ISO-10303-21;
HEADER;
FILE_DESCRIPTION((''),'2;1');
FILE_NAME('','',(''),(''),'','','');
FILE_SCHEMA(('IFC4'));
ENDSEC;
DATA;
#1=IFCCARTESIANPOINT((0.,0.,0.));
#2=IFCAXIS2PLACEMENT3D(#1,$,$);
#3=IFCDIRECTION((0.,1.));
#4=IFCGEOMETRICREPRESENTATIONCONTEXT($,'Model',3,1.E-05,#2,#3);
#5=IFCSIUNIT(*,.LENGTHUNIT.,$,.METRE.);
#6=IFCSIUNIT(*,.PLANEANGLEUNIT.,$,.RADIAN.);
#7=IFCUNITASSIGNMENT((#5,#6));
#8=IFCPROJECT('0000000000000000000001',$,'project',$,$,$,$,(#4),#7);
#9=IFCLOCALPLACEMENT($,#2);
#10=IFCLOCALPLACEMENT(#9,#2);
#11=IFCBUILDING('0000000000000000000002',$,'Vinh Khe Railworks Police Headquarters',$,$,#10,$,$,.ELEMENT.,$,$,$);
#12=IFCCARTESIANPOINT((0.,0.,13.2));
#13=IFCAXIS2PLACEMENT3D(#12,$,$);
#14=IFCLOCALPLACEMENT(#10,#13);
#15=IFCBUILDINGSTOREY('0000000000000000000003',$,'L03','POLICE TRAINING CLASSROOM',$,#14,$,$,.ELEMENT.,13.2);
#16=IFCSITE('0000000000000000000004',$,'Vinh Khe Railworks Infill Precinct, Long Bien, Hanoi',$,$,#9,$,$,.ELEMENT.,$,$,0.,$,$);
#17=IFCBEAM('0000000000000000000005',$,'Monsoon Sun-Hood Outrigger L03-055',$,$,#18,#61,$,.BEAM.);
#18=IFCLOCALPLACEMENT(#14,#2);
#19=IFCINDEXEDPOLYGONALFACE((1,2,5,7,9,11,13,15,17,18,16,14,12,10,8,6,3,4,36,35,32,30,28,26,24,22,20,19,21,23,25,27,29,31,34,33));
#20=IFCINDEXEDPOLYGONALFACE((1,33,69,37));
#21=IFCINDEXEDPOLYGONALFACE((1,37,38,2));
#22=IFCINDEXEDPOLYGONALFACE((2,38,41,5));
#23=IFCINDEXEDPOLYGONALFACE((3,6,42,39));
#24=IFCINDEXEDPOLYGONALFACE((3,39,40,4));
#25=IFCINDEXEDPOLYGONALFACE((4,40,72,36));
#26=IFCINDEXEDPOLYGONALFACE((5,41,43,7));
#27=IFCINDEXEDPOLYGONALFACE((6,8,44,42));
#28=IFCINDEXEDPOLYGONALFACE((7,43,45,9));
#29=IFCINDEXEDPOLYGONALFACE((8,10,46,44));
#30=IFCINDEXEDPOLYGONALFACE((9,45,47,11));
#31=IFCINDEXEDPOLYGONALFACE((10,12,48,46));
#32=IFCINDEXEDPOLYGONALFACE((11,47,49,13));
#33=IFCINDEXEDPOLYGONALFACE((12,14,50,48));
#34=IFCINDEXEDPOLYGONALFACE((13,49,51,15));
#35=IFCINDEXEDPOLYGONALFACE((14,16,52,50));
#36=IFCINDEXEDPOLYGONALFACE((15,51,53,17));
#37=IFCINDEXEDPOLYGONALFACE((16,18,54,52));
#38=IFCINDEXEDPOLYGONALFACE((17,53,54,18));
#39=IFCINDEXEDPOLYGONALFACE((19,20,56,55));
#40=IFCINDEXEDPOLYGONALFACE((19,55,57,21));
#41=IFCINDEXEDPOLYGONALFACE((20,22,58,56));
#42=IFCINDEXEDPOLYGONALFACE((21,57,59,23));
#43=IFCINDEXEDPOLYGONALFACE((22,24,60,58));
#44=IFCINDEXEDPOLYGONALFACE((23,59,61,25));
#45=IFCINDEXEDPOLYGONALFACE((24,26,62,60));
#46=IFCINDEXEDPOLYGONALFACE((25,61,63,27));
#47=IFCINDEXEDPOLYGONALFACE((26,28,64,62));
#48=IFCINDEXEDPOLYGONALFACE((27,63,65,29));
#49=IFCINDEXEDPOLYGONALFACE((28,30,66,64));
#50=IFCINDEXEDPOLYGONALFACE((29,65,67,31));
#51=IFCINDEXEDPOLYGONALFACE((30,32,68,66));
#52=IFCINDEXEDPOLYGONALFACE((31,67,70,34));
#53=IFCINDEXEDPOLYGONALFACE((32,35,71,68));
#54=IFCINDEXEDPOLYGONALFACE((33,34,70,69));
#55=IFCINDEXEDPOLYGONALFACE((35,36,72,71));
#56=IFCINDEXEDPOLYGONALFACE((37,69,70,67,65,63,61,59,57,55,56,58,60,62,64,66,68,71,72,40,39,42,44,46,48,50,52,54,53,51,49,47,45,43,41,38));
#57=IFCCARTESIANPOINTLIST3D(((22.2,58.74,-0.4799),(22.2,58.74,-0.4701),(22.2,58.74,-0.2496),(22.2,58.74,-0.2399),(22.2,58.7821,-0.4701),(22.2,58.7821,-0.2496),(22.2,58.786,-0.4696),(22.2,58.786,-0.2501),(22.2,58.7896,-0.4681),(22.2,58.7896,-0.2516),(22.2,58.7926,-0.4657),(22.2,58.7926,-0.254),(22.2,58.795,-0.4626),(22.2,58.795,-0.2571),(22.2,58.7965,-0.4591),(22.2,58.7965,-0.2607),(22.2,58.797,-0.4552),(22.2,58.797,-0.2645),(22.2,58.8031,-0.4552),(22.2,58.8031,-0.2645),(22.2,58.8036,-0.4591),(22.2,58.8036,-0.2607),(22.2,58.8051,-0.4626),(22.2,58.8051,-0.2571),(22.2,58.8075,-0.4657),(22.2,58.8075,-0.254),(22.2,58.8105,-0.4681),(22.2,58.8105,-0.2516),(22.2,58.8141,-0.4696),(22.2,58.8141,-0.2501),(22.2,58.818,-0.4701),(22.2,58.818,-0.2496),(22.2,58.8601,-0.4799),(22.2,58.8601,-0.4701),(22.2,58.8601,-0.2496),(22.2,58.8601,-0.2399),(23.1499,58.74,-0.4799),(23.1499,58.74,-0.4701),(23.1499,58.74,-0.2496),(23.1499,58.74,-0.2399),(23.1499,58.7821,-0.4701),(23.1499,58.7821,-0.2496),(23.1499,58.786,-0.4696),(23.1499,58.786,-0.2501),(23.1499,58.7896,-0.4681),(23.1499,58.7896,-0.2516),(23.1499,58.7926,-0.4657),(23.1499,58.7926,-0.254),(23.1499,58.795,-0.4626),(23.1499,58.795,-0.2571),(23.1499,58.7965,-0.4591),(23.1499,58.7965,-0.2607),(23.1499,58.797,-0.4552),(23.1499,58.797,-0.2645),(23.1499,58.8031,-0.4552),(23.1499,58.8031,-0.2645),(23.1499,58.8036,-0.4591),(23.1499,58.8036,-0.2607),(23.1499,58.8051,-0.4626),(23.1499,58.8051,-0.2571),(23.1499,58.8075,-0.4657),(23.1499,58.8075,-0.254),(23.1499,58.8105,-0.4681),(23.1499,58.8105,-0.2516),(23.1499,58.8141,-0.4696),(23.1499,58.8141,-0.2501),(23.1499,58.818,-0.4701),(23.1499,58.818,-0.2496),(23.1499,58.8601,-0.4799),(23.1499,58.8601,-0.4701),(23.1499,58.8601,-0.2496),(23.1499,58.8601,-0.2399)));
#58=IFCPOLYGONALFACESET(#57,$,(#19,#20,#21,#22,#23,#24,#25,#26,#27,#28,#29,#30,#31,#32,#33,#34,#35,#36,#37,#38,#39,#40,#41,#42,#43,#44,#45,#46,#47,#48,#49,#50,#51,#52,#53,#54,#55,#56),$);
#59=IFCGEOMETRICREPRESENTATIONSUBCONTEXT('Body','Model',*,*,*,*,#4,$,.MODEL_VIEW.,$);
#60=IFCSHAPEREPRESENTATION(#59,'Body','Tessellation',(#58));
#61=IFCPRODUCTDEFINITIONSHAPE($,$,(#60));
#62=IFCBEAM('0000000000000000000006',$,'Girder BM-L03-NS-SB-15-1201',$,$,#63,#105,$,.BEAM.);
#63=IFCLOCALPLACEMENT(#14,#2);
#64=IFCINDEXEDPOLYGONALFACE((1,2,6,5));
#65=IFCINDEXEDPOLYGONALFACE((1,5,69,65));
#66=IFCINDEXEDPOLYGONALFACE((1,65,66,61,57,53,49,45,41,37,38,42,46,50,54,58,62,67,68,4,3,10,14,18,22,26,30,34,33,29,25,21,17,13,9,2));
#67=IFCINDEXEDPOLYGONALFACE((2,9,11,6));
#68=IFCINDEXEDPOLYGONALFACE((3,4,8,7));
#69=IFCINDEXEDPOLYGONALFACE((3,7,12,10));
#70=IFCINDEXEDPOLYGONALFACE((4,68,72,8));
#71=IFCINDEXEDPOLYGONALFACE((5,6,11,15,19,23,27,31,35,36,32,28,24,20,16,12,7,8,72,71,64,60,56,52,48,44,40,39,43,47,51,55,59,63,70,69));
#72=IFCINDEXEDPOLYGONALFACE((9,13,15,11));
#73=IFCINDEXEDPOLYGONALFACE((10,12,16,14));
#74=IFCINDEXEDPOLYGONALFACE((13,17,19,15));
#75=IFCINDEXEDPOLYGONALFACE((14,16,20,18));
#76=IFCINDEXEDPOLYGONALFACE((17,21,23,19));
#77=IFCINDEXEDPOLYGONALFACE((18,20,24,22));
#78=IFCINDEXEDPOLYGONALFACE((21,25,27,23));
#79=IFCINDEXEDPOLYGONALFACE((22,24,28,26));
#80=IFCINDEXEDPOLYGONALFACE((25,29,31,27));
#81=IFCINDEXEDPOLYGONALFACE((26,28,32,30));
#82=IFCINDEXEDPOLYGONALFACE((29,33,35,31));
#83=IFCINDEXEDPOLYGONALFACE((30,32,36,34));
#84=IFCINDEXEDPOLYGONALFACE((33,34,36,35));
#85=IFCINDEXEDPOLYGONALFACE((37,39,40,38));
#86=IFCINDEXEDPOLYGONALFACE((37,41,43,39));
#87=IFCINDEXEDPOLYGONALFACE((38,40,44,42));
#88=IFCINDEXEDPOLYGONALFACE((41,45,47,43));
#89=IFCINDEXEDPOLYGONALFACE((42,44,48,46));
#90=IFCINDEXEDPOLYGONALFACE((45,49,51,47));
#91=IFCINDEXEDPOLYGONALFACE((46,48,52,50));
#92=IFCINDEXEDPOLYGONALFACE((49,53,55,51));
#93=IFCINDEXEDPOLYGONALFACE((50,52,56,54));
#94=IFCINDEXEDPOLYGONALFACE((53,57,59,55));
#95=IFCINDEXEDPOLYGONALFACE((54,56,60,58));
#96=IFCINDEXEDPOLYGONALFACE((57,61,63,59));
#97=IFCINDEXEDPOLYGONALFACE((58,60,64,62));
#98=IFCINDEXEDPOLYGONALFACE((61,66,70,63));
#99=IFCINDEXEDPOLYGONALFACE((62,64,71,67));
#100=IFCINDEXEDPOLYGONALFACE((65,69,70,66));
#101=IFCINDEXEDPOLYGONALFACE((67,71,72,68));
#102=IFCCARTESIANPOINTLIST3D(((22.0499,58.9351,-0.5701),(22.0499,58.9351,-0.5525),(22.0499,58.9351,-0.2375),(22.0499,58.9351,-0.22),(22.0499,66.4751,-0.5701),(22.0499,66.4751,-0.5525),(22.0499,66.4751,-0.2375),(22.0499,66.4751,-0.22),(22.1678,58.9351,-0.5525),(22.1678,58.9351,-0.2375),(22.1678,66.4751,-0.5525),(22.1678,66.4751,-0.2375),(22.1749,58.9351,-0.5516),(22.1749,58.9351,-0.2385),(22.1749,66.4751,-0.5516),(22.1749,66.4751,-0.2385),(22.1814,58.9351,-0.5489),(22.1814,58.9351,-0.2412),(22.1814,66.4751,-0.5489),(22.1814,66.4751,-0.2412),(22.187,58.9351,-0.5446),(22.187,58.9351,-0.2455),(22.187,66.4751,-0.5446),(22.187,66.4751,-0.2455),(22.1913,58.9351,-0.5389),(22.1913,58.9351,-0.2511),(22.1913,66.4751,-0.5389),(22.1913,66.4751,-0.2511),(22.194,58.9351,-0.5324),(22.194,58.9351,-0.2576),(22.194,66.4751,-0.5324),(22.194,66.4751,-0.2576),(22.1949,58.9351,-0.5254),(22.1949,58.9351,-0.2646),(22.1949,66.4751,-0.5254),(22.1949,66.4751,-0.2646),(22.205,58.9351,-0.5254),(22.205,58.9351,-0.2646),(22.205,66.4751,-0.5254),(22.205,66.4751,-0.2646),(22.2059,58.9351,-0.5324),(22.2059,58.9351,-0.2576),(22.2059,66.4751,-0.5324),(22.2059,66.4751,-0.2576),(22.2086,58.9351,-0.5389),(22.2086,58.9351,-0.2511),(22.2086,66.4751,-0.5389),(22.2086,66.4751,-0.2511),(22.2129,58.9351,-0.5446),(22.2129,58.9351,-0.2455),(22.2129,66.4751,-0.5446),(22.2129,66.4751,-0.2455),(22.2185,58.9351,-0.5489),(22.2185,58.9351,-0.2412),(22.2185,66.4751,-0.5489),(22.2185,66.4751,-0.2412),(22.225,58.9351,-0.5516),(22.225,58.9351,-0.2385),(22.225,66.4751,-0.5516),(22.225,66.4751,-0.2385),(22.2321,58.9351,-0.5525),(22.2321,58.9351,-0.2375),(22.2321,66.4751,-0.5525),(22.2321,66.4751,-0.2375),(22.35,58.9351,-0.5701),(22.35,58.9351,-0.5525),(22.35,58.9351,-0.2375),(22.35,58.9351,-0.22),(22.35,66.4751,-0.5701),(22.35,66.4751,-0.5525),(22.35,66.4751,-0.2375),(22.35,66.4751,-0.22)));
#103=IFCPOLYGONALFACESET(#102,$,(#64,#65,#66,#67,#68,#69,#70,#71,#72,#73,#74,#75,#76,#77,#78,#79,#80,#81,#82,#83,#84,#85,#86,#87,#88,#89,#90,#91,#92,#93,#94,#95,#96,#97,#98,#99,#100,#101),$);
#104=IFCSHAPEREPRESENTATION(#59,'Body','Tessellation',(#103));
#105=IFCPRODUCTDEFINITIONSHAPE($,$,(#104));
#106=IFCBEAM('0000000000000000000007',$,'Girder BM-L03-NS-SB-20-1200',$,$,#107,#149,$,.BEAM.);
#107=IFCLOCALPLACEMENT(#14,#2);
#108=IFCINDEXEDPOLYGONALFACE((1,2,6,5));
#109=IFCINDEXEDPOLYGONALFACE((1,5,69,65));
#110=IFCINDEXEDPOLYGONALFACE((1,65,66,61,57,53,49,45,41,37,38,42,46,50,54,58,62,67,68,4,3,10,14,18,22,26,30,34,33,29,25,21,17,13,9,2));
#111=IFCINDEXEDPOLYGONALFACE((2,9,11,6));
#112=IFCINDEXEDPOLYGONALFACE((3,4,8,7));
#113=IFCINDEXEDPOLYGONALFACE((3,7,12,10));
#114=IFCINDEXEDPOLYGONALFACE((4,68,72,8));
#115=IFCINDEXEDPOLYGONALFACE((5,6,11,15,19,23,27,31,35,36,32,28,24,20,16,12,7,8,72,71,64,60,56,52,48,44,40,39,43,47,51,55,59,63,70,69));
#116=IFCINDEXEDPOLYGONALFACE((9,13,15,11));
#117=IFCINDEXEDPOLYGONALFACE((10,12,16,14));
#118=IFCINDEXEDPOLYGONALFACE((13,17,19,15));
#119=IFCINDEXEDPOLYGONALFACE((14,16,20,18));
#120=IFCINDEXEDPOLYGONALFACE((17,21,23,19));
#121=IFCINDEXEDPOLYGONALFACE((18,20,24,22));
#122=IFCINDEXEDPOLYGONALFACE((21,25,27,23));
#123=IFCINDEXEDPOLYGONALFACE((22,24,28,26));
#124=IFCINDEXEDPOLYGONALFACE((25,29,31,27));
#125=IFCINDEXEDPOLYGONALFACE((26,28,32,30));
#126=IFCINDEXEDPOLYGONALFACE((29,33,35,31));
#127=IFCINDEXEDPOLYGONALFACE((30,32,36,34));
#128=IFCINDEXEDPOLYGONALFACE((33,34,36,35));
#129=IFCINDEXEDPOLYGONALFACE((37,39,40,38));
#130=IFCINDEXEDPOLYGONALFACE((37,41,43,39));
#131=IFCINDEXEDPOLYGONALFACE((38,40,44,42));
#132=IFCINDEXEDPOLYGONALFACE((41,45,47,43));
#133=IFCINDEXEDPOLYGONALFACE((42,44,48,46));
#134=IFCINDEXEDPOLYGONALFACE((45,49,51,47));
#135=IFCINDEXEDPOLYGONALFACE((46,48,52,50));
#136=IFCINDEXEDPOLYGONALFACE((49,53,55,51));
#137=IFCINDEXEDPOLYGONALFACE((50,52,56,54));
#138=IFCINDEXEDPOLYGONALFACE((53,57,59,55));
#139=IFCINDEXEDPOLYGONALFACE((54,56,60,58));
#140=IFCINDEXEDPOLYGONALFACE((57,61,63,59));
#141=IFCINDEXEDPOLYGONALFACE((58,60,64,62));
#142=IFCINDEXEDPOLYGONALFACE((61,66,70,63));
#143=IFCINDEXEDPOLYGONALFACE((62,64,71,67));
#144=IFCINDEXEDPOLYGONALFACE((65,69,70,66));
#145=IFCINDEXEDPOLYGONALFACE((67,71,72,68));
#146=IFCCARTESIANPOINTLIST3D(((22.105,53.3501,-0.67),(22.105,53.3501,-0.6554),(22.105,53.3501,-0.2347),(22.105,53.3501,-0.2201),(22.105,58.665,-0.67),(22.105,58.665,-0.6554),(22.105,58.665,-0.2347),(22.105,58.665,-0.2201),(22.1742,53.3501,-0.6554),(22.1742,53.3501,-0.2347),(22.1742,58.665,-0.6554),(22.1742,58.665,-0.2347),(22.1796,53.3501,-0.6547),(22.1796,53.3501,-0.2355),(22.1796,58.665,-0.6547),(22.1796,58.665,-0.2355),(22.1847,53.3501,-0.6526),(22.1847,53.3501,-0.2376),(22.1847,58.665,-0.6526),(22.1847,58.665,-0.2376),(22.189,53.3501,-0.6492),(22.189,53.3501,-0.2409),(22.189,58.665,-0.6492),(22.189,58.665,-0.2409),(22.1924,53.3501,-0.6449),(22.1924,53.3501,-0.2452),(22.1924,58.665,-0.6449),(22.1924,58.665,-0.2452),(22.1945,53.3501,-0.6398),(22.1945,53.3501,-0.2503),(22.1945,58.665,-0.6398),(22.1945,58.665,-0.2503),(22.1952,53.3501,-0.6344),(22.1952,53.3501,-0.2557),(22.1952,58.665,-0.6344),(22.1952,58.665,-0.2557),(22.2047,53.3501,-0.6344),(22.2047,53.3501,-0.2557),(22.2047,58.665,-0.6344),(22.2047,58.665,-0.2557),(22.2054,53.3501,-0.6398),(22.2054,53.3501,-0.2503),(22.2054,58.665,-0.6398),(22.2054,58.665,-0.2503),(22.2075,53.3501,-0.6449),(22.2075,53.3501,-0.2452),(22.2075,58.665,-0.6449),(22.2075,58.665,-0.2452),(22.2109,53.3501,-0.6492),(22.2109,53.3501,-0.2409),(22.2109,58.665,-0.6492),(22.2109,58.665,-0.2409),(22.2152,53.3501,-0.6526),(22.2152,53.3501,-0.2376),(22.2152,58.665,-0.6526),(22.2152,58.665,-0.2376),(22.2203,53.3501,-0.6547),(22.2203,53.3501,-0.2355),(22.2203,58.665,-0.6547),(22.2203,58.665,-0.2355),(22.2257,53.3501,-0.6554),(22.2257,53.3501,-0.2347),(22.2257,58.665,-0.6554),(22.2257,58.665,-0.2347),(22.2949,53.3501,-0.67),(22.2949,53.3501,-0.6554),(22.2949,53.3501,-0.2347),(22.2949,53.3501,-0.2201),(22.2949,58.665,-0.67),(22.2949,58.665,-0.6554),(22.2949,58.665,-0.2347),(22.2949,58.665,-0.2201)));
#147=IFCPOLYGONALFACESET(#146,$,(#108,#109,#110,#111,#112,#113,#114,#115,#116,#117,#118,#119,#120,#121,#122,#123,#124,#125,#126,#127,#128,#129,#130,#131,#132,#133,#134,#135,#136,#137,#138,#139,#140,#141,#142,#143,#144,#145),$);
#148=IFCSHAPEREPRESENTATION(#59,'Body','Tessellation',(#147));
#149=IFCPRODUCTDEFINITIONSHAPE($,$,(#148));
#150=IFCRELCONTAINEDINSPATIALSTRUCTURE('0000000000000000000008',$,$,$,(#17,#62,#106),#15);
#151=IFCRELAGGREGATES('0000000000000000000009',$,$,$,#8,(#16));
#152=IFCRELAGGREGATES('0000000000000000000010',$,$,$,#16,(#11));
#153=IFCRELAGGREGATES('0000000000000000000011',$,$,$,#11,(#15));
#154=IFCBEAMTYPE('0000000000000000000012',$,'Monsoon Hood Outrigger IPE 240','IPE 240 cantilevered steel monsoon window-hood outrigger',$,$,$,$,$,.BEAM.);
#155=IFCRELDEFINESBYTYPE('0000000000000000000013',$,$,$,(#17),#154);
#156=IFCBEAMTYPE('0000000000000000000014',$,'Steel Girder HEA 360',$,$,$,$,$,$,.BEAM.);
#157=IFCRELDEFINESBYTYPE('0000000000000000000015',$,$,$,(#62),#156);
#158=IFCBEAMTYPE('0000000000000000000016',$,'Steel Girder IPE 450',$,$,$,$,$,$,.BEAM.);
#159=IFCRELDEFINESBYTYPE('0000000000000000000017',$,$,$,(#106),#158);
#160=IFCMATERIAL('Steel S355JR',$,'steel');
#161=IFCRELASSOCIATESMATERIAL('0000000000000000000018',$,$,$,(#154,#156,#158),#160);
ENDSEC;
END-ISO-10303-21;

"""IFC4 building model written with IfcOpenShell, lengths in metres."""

from ifc_helpers import new_model, si_unit, direction, frame, origin, origin_2d, place, context, subcontext, project, spatial, i_section, extrude, material, material_profile, profile_set, type_object, element, save


model = new_model("IFC4")

# Units and contexts
model_context = context("Model", 3, precision=1e-05, world=origin(), true_north=direction((0.0, 1.0)))
body_context = subcontext(model_context, "Body", "Model", "MODEL_VIEW")
ifc_project = project(units=[si_unit("LENGTHUNIT", "METRE"), si_unit("PLANEANGLEUNIT", "RADIAN")], contexts=[model_context])

# Site, building, storey
site_placement = place(None, origin())
site = spatial("IfcSite", under=ifc_project, at=site_placement, Name="Vinh Khe Railworks Infill Precinct, Long Bien, Hanoi", CompositionType="ELEMENT", RefElevation=0.0)
building_placement = place(site_placement, origin())
building = spatial("IfcBuilding", under=site, at=building_placement, Name="Vinh Khe Railworks Police Headquarters", CompositionType="ELEMENT")
storey_placement = place(building_placement, frame((0.0, 0.0, 13.2)))
storey = spatial("IfcBuildingStorey", under=building, at=storey_placement, Name="L03", Description="POLICE TRAINING CLASSROOM", CompositionType="ELEMENT", Elevation=13.2)

# Shared definitions
ifc_material_1 = material(Name="Steel S355JR", Category="steel")

# Beams
ifc_material_profile_1 = material_profile(ifc_material_1, i_section(OverallWidth=0.1201, OverallDepth=0.24, WebThickness=0.0061, FlangeThickness=0.0098, FilletRadius=0.0149, at=origin_2d()), Name="IPE 240")
ifc_profile_set_1 = profile_set([ifc_material_profile_1], Name="Steel S355JR")
beam_type_1 = type_object("IfcBeamType", Name="Monsoon Hood Outrigger IPE 240", Description="IPE 240 cantilevered steel monsoon window-hood outrigger", PredefinedType="BEAM", material=ifc_profile_set_1)
for number, where, z_axis, x_axis, name in (
    (1, (22.2, 58.8, -0.3599), (1.0, 0.0, 0.0), (0.0, 1.0, 0.0), "Monsoon Sun-Hood Outrigger L03-055"),
):
    element("IfcBeam", number, at=place(storey_placement, frame(where, z_axis=z_axis, x_axis=x_axis)), inside=storey, type_object=beam_type_1, Name=name, PredefinedType="BEAM", context=body_context, shape_type="SweptSolid", body=[
        extrude(i_section(OverallWidth=0.1201, OverallDepth=0.24, WebThickness=0.0061, FlangeThickness=0.0098, FilletRadius=0.0149, at=origin_2d()), origin(), (0.0, 0.0, 1.0), 0.95),
    ])
ifc_material_profile_2 = material_profile(ifc_material_1, i_section(OverallWidth=0.3, OverallDepth=0.3501, WebThickness=0.01, FlangeThickness=0.0176, FilletRadius=0.0271, at=origin_2d()), Name="HEA 360")
ifc_profile_set_2 = profile_set([ifc_material_profile_2], Name="Steel S355JR")
beam_type_2 = type_object("IfcBeamType", Name="Steel Girder HEA 360", PredefinedType="BEAM", material=ifc_profile_set_2)
beam_1_placement = place(storey_placement, frame((22.2, 58.9351, -0.395), z_axis=(0.0, 1.0, 0.0), x_axis=(-1.0, 0.0, 0.0)))
element("IfcBeam", 2, at=beam_1_placement, inside=storey, type_object=beam_type_2, Name="Girder BM-L03-NS-SB-15-1201", PredefinedType="BEAM", context=body_context, shape_type="SweptSolid", body=[
    extrude(i_section(OverallWidth=0.3, OverallDepth=0.3501, WebThickness=0.01, FlangeThickness=0.0176, FilletRadius=0.0271, at=origin_2d()), origin(), (0.0, 0.0, 1.0), 7.54),
])
ifc_material_profile_3 = material_profile(ifc_material_1, i_section(OverallWidth=0.1899, OverallDepth=0.45, WebThickness=0.0095, FlangeThickness=0.0146, FilletRadius=0.021, at=origin_2d()), Name="IPE 450")
ifc_profile_set_3 = profile_set([ifc_material_profile_3], Name="Steel S355JR")
beam_type_3 = type_object("IfcBeamType", Name="Steel Girder IPE 450", PredefinedType="BEAM", material=ifc_profile_set_3)
beam_2_placement = place(storey_placement, frame((22.2, 53.3501, -0.4451), z_axis=(0.0, 1.0, 0.0), x_axis=(-1.0, 0.0, 0.0)))
element("IfcBeam", 3, at=beam_2_placement, inside=storey, type_object=beam_type_3, Name="Girder BM-L03-NS-SB-20-1200", PredefinedType="BEAM", context=body_context, shape_type="SweptSolid", body=[
    extrude(i_section(OverallWidth=0.1899, OverallDepth=0.45, WebThickness=0.0095, FlangeThickness=0.0146, FilletRadius=0.021, at=origin_2d()), origin(), (0.0, 0.0, 1.0), 5.3149),
])

save(model, "model.ifc")
